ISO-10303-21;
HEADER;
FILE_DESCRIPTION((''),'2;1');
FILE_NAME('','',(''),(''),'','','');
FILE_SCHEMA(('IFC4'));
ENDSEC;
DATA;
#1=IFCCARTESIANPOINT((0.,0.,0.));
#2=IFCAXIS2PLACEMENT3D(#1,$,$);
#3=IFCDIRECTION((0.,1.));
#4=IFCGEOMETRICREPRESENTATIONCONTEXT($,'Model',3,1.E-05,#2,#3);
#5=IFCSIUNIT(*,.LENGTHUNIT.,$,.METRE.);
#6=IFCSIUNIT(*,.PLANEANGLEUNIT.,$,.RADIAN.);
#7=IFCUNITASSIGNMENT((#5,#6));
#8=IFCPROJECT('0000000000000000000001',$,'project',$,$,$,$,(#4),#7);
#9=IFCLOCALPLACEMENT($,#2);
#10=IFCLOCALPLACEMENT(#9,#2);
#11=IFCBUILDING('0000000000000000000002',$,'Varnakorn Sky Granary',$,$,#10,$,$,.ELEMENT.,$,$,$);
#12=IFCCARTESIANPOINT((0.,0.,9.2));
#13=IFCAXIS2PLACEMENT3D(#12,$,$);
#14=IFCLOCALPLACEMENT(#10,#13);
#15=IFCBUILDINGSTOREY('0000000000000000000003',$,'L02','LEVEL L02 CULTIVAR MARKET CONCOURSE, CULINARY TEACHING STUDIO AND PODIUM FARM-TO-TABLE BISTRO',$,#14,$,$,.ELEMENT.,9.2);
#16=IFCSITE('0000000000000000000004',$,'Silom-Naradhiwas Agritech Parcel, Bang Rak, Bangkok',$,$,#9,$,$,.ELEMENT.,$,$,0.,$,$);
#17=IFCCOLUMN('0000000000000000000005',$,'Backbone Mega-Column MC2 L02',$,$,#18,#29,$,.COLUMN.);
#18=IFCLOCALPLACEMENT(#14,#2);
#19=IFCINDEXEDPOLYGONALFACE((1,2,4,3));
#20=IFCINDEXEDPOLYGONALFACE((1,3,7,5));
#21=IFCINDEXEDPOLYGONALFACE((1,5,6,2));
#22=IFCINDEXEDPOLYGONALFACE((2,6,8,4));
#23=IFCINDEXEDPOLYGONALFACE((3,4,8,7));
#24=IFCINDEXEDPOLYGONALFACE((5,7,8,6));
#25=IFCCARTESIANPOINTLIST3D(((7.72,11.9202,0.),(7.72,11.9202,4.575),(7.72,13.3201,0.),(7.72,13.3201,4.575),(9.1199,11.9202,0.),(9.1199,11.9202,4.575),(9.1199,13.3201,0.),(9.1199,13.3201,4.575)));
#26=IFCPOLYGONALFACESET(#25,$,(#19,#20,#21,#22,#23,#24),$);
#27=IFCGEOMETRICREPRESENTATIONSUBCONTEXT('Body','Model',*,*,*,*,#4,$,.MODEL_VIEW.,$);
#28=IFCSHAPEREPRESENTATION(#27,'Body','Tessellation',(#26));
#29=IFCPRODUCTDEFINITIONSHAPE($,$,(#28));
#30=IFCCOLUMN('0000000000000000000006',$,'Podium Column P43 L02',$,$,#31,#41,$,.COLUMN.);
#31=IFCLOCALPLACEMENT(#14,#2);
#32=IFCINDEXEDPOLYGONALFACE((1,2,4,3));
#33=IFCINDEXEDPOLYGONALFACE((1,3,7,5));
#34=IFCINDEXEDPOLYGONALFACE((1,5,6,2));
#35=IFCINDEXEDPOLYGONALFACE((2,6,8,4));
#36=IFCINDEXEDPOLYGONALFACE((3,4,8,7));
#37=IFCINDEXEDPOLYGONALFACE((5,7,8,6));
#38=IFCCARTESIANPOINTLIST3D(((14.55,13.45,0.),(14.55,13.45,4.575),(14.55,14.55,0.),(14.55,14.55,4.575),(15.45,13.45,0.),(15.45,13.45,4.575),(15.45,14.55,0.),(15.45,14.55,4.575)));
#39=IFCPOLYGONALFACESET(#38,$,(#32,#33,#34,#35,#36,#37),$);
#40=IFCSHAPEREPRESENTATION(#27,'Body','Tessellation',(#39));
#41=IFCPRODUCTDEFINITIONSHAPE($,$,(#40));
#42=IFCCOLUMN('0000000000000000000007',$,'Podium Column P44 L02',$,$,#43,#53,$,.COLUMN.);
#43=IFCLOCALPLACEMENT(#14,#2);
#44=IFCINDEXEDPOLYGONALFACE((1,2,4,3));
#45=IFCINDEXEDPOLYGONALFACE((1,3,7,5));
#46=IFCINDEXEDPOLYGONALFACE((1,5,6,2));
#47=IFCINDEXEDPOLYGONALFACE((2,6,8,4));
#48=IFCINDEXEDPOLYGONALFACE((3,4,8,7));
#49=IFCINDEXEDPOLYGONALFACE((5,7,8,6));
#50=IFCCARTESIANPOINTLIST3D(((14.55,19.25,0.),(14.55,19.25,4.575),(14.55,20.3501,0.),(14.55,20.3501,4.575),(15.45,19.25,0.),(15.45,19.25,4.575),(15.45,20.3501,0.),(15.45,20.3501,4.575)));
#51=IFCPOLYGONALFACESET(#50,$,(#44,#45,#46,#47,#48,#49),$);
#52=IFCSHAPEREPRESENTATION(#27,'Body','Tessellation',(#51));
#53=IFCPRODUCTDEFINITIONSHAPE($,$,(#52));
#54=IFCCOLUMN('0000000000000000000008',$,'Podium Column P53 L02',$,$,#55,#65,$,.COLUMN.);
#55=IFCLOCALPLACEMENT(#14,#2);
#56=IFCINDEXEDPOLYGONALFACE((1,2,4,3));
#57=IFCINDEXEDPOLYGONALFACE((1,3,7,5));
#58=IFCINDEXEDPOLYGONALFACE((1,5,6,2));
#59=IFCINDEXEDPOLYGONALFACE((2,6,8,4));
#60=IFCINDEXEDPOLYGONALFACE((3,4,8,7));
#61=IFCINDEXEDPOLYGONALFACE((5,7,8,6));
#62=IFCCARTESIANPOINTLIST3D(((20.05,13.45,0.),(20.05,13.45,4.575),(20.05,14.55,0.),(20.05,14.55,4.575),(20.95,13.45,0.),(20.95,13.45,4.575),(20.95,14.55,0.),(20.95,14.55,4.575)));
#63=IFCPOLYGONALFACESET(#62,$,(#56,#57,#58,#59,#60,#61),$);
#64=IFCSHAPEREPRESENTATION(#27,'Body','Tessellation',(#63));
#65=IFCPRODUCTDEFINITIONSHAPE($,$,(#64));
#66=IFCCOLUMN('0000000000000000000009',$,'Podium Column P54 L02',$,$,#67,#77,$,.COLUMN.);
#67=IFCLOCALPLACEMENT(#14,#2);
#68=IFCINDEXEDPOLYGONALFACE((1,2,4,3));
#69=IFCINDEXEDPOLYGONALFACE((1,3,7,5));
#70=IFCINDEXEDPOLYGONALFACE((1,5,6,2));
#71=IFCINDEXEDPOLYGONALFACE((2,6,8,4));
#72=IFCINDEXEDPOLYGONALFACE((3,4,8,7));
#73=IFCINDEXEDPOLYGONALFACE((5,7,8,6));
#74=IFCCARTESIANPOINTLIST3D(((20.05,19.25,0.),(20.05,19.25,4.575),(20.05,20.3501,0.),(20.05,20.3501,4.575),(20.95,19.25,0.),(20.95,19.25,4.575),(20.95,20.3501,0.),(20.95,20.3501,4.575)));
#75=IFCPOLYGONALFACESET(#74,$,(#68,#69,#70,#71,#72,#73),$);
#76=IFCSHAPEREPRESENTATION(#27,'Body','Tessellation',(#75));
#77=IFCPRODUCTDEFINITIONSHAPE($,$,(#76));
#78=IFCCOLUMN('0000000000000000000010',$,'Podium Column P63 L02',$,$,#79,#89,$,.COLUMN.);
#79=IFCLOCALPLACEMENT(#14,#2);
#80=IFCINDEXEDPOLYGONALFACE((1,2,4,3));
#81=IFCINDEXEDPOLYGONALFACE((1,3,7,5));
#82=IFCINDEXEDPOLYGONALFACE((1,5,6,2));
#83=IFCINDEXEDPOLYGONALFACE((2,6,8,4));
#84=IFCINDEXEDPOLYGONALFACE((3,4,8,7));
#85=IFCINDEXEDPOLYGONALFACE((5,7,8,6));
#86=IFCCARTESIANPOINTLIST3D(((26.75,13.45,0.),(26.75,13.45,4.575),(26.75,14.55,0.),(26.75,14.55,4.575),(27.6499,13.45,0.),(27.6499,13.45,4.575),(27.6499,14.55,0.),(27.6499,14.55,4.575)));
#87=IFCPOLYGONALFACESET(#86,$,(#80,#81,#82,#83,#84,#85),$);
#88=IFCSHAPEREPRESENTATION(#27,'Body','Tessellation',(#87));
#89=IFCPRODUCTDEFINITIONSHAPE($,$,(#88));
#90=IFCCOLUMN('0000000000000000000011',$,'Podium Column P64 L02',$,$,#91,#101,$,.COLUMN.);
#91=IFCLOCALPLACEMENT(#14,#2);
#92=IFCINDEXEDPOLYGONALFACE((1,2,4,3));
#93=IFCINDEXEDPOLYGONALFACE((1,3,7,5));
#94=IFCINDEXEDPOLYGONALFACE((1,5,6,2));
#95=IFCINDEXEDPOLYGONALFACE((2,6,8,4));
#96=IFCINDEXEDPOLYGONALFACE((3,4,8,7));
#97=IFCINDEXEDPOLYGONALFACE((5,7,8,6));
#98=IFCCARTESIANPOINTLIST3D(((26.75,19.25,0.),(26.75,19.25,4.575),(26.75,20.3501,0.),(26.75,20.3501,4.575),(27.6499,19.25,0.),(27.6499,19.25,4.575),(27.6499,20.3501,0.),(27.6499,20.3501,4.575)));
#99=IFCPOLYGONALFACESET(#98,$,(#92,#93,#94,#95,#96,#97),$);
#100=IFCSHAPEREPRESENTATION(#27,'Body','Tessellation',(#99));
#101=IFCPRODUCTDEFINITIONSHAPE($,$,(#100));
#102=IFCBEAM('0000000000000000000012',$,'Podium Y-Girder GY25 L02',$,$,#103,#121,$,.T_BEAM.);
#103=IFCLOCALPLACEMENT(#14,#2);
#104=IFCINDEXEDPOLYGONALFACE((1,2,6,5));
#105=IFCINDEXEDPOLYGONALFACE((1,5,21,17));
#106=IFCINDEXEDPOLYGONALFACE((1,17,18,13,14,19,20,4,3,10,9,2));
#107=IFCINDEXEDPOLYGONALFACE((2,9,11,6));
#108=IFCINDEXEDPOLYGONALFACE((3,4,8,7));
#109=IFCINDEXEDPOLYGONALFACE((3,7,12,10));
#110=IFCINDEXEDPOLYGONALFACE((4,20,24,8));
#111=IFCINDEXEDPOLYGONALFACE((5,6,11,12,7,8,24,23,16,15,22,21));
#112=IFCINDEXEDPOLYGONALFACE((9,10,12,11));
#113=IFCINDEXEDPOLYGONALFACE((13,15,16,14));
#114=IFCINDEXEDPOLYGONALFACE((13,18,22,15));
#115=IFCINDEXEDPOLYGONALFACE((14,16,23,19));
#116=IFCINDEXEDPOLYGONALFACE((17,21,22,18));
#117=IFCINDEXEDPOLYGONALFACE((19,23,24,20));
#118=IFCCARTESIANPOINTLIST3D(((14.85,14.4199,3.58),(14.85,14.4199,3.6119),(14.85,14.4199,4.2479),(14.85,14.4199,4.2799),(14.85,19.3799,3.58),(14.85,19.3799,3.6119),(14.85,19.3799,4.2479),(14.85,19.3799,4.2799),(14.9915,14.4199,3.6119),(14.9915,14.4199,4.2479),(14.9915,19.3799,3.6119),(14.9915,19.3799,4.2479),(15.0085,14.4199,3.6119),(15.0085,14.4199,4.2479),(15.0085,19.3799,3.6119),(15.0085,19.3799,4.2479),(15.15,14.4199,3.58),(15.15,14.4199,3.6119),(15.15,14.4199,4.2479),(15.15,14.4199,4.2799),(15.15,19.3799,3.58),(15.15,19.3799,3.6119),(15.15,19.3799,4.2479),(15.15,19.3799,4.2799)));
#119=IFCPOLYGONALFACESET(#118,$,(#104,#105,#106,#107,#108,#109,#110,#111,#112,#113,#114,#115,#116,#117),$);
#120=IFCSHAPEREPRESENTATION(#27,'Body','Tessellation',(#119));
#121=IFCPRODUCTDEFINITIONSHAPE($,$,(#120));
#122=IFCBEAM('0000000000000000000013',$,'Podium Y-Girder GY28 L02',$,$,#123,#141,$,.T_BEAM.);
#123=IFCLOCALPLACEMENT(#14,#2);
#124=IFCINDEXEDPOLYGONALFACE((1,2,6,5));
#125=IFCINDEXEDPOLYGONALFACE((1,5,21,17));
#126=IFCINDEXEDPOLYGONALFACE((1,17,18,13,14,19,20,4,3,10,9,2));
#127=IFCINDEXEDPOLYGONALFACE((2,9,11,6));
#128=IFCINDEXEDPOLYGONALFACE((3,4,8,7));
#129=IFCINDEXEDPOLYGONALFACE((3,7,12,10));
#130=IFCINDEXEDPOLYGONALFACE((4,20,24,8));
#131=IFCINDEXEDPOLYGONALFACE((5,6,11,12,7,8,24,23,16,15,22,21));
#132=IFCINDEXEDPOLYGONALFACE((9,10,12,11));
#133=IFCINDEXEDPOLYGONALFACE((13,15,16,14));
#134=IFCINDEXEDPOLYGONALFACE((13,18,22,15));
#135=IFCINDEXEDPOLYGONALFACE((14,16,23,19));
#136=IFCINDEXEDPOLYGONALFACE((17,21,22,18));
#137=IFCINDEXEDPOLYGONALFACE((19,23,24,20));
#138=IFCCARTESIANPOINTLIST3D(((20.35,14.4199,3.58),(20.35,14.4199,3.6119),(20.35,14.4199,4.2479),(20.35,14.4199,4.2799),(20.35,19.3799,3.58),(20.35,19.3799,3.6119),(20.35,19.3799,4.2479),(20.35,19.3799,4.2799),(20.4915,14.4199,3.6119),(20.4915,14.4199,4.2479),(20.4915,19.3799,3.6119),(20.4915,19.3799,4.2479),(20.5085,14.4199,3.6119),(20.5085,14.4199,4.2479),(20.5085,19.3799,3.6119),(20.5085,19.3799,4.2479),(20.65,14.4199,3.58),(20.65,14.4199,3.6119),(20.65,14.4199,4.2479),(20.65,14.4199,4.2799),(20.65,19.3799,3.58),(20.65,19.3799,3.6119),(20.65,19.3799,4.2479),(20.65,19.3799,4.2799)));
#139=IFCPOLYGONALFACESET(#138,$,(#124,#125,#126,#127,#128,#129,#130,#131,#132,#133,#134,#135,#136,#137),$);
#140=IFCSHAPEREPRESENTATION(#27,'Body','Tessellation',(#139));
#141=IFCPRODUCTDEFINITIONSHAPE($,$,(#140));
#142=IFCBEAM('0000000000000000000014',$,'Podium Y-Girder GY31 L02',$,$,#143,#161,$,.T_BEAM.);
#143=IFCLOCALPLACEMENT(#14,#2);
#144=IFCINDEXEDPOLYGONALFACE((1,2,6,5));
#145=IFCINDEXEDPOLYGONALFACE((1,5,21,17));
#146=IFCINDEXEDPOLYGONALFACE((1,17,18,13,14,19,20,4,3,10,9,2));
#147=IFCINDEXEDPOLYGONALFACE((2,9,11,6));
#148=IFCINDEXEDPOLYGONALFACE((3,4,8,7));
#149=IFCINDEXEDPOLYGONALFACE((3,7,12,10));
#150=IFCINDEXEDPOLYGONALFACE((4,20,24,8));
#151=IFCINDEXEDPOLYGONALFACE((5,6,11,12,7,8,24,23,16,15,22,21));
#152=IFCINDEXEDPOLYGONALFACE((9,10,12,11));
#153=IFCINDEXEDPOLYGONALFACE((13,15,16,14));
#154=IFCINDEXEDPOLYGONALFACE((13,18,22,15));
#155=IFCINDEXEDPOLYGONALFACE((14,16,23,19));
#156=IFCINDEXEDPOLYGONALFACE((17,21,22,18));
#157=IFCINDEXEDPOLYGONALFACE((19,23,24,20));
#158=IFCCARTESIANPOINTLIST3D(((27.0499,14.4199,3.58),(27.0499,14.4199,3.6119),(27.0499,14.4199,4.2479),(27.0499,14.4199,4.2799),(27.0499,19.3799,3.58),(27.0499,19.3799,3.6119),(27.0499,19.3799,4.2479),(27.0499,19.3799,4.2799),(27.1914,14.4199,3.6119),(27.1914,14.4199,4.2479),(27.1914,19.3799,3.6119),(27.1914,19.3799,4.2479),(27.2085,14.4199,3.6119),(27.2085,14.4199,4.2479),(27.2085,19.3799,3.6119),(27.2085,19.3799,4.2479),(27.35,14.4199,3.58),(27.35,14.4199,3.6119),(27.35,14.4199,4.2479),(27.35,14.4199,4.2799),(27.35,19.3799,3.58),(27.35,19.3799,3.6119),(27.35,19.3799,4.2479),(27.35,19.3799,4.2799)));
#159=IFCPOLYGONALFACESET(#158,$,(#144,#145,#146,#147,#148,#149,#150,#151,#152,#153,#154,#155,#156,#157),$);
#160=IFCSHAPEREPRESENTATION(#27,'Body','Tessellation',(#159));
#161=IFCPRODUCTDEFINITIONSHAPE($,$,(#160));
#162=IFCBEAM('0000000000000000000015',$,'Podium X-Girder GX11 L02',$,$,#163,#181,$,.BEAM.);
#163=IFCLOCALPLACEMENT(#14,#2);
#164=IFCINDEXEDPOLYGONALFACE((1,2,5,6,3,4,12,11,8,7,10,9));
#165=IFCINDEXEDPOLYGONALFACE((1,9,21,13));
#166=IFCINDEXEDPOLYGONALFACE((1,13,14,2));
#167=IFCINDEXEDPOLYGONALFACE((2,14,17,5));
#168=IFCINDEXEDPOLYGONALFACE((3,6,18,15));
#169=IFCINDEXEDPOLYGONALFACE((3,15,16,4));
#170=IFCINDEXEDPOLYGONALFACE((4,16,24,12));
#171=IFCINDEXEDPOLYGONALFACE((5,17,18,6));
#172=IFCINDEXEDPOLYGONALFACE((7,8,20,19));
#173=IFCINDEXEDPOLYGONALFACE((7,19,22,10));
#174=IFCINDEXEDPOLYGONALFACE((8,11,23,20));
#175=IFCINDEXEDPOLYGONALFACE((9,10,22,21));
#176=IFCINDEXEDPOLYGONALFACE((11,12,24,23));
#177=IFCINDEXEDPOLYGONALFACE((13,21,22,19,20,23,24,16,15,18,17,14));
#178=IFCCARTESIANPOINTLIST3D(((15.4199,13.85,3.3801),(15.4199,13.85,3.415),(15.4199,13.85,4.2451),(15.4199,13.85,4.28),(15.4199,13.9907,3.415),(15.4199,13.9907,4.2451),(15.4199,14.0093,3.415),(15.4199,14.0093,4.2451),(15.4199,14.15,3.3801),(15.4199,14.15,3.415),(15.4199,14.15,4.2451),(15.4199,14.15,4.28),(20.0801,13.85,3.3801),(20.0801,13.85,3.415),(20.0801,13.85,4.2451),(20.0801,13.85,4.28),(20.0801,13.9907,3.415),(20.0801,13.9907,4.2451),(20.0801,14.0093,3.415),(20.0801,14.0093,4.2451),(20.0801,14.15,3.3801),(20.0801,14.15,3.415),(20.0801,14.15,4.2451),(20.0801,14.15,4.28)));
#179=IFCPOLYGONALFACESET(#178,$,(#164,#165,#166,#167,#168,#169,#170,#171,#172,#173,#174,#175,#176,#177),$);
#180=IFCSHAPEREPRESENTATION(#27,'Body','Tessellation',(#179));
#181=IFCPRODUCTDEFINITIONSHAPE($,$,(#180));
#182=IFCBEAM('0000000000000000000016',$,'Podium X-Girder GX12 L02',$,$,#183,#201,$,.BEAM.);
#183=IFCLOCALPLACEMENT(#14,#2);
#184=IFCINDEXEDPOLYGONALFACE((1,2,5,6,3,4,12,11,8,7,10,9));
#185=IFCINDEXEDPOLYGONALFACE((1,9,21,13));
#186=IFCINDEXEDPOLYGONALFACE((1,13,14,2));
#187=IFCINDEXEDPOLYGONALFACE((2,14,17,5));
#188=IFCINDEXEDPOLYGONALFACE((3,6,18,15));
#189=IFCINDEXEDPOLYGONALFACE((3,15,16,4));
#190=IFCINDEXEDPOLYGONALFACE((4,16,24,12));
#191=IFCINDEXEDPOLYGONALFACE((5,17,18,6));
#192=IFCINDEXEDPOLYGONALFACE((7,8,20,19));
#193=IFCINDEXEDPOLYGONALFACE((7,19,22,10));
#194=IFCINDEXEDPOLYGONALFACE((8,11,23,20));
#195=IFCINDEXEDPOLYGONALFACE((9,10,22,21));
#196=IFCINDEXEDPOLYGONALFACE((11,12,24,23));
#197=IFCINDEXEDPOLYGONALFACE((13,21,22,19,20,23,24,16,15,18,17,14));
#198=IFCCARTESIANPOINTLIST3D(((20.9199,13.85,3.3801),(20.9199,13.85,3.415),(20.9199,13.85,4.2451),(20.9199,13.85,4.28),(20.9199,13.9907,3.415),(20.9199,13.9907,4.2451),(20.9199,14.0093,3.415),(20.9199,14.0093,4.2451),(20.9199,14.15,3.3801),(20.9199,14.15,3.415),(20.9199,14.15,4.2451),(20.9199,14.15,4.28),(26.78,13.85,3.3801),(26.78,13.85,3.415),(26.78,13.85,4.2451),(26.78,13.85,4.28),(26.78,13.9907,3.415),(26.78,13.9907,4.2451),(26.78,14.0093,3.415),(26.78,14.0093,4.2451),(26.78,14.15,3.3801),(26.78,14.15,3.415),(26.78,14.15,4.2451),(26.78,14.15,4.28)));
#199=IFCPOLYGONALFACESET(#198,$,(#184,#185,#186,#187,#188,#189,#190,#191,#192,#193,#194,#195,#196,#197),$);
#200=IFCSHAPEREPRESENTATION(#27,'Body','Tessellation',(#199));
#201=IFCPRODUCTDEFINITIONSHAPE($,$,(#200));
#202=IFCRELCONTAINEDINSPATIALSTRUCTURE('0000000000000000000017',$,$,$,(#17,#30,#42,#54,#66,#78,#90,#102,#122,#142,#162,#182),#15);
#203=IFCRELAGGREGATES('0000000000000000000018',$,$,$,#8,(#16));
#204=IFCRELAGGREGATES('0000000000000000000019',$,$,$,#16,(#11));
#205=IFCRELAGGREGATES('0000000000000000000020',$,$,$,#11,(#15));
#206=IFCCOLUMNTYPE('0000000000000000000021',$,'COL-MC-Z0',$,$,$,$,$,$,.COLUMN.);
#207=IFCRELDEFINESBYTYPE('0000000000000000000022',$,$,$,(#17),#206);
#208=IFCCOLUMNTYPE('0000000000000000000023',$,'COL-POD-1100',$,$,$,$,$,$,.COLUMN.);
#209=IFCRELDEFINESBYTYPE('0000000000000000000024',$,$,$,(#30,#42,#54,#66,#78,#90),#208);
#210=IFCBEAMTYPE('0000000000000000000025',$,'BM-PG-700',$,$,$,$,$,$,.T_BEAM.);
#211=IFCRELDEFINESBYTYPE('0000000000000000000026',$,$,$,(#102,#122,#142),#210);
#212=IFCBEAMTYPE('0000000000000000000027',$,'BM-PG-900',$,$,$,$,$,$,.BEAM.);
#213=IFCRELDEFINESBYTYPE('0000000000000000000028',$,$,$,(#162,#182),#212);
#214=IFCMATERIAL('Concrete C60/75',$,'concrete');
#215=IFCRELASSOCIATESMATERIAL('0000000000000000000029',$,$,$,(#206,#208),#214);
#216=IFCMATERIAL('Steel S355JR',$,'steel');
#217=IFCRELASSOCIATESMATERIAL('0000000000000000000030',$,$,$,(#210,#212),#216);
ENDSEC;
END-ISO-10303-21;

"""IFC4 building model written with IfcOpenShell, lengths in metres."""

from ifc_helpers import new_model, si_unit, direction, frame, origin, origin_2d, place, context, subcontext, project, spatial, rectangle, i_section, extrude, material, material_profile, profile_set, type_object, element, save


model = new_model("IFC4")

# Units and contexts
model_context = context("Model", 3, precision=1e-05, world=origin(), true_north=direction((0.0, 1.0)))
body_context = subcontext(model_context, "Body", "Model", "MODEL_VIEW")
ifc_project = project(units=[si_unit("LENGTHUNIT", "METRE"), si_unit("PLANEANGLEUNIT", "RADIAN")], contexts=[model_context])

# Site, building, storey
site_placement = place(None, origin())
site = spatial("IfcSite", under=ifc_project, at=site_placement, Name="Silom-Naradhiwas Agritech Parcel, Bang Rak, Bangkok", CompositionType="ELEMENT", RefElevation=0.0)
building_placement = place(site_placement, origin())
building = spatial("IfcBuilding", under=site, at=building_placement, Name="Varnakorn Sky Granary", CompositionType="ELEMENT")
storey_placement = place(building_placement, frame((0.0, 0.0, 9.2)))
storey = spatial("IfcBuildingStorey", under=building, at=storey_placement, Name="L02", Description="LEVEL L02 CULTIVAR MARKET CONCOURSE, CULINARY TEACHING STUDIO AND PODIUM FARM-TO-TABLE BISTRO", CompositionType="ELEMENT", Elevation=9.2)

# Columns
ifc_material_1 = material(Name="Concrete C60/75", Category="concrete")
ifc_material_profile_1 = material_profile(ifc_material_1, rectangle(XDim=1.3999, YDim=1.3999, at=origin_2d()), Name="RC 1400x1400")
ifc_profile_set_1 = profile_set([ifc_material_profile_1], Name="Concrete C60/75")
column_type_1 = type_object("IfcColumnType", Name="COL-MC-Z0", PredefinedType="COLUMN", material=ifc_profile_set_1)
column_placement = place(storey_placement, frame((8.4199, 12.6201, 0.0), z_axis=(0.0, 0.0, 1.0), x_axis=(1.0, 0.0, 0.0)))
element("IfcColumn", 1, at=column_placement, inside=storey, type_object=column_type_1, Name="Backbone Mega-Column MC2 L02", PredefinedType="COLUMN", context=body_context, shape_type="SweptSolid", body=[
    extrude(rectangle(XDim=1.3999, YDim=1.3999, at=origin_2d()), origin(), (0.0, 0.0, 1.0), 4.575),
])
ifc_material_profile_2 = material_profile(ifc_material_1, rectangle(XDim=0.8999, YDim=1.1001, at=origin_2d()), Name="RC 900x1100")
ifc_profile_set_2 = profile_set([ifc_material_profile_2], Name="Concrete C60/75")
column_type_2 = type_object("IfcColumnType", Name="COL-POD-1100", PredefinedType="COLUMN", material=ifc_profile_set_2)
for number, where, z_axis, x_axis, name in (
    (2, (15.0, 14.0, 0.0), (0.0, 0.0, 1.0), (1.0, 0.0, 0.0), "Podium Column P43 L02"),
    (3, (15.0, 19.8, 0.0), (0.0, 0.0, 1.0), (1.0, 0.0, 0.0), "Podium Column P44 L02"),
    (4, (20.5, 14.0, 0.0), (0.0, 0.0, 1.0), (1.0, 0.0, 0.0), "Podium Column P53 L02"),
    (5, (20.5, 19.8, 0.0), (0.0, 0.0, 1.0), (1.0, 0.0, 0.0), "Podium Column P54 L02"),
    (6, (27.2, 14.0, 0.0), (0.0, 0.0, 1.0), (1.0, 0.0, 0.0), "Podium Column P63 L02"),
    (7, (27.2, 19.8, 0.0), (0.0, 0.0, 1.0), (1.0, 0.0, 0.0), "Podium Column P64 L02"),
):
    element("IfcColumn", number, at=place(storey_placement, frame(where, z_axis=z_axis, x_axis=x_axis)), inside=storey, type_object=column_type_2, Name=name, PredefinedType="COLUMN", context=body_context, shape_type="SweptSolid", body=[
        extrude(rectangle(XDim=0.8999, YDim=1.1001, at=origin_2d()), origin(), (0.0, 0.0, 1.0), 4.575),
    ])

# Beams
ifc_material_2 = material(Name="Steel S355JR", Category="steel")
ifc_material_profile_3 = material_profile(ifc_material_2, i_section(OverallWidth=0.3, OverallDepth=0.7, WebThickness=0.0171, FlangeThickness=0.032, at=origin_2d()), Name="HE 700 B")
ifc_profile_set_3 = profile_set([ifc_material_profile_3], Name="Steel S355JR")
beam_type_1 = type_object("IfcBeamType", Name="BM-PG-700", PredefinedType="T_BEAM", material=ifc_profile_set_3)
for number, where, z_axis, x_axis, name in (
    (8, (15.0, 14.4199, 3.9299), (0.0, 1.0, 0.0), (-1.0, 0.0, 0.0), "Podium Y-Girder GY25 L02"),
    (9, (20.5, 14.4199, 3.9299), (0.0, 1.0, 0.0), (-1.0, 0.0, 0.0), "Podium Y-Girder GY28 L02"),
    (10, (27.2, 14.4199, 3.9299), (0.0, 1.0, 0.0), (-1.0, 0.0, 0.0), "Podium Y-Girder GY31 L02"),
):
    element("IfcBeam", number, at=place(storey_placement, frame(where, z_axis=z_axis, x_axis=x_axis)), inside=storey, type_object=beam_type_1, Name=name, PredefinedType="T_BEAM", context=body_context, shape_type="SweptSolid", body=[
        extrude(i_section(OverallWidth=0.3, OverallDepth=0.7, WebThickness=0.0171, FlangeThickness=0.032, at=origin_2d()), origin(), (0.0, 0.0, 1.0), 4.96),
    ])
ifc_material_profile_4 = material_profile(ifc_material_2, i_section(OverallWidth=0.3, OverallDepth=0.8999, WebThickness=0.0186, FlangeThickness=0.0349, at=origin_2d()), Name="HE 900 B")
ifc_profile_set_4 = profile_set([ifc_material_profile_4], Name="Steel S355JR")
beam_type_2 = type_object("IfcBeamType", Name="BM-PG-900", PredefinedType="BEAM", material=ifc_profile_set_4)
beam_1_placement = place(storey_placement, frame((15.4199, 14.0, 3.8301), z_axis=(1.0, 0.0, 0.0), x_axis=(0.0, 1.0, 0.0)))
element("IfcBeam", 11, at=beam_1_placement, inside=storey, type_object=beam_type_2, Name="Podium X-Girder GX11 L02", PredefinedType="BEAM", context=body_context, shape_type="SweptSolid", body=[
    extrude(i_section(OverallWidth=0.3, OverallDepth=0.8999, WebThickness=0.0186, FlangeThickness=0.0349, at=origin_2d()), origin(), (0.0, 0.0, 1.0), 4.6602),
])
beam_2_placement = place(storey_placement, frame((20.9199, 14.0, 3.8301), z_axis=(1.0, 0.0, 0.0), x_axis=(0.0, 1.0, 0.0)))
element("IfcBeam", 12, at=beam_2_placement, inside=storey, type_object=beam_type_2, Name="Podium X-Girder GX12 L02", PredefinedType="BEAM", context=body_context, shape_type="SweptSolid", body=[
    extrude(i_section(OverallWidth=0.3, OverallDepth=0.8999, WebThickness=0.0186, FlangeThickness=0.0349, at=origin_2d()), origin(), (0.0, 0.0, 1.0), 5.8601),
])

save(model, "model.ifc")
